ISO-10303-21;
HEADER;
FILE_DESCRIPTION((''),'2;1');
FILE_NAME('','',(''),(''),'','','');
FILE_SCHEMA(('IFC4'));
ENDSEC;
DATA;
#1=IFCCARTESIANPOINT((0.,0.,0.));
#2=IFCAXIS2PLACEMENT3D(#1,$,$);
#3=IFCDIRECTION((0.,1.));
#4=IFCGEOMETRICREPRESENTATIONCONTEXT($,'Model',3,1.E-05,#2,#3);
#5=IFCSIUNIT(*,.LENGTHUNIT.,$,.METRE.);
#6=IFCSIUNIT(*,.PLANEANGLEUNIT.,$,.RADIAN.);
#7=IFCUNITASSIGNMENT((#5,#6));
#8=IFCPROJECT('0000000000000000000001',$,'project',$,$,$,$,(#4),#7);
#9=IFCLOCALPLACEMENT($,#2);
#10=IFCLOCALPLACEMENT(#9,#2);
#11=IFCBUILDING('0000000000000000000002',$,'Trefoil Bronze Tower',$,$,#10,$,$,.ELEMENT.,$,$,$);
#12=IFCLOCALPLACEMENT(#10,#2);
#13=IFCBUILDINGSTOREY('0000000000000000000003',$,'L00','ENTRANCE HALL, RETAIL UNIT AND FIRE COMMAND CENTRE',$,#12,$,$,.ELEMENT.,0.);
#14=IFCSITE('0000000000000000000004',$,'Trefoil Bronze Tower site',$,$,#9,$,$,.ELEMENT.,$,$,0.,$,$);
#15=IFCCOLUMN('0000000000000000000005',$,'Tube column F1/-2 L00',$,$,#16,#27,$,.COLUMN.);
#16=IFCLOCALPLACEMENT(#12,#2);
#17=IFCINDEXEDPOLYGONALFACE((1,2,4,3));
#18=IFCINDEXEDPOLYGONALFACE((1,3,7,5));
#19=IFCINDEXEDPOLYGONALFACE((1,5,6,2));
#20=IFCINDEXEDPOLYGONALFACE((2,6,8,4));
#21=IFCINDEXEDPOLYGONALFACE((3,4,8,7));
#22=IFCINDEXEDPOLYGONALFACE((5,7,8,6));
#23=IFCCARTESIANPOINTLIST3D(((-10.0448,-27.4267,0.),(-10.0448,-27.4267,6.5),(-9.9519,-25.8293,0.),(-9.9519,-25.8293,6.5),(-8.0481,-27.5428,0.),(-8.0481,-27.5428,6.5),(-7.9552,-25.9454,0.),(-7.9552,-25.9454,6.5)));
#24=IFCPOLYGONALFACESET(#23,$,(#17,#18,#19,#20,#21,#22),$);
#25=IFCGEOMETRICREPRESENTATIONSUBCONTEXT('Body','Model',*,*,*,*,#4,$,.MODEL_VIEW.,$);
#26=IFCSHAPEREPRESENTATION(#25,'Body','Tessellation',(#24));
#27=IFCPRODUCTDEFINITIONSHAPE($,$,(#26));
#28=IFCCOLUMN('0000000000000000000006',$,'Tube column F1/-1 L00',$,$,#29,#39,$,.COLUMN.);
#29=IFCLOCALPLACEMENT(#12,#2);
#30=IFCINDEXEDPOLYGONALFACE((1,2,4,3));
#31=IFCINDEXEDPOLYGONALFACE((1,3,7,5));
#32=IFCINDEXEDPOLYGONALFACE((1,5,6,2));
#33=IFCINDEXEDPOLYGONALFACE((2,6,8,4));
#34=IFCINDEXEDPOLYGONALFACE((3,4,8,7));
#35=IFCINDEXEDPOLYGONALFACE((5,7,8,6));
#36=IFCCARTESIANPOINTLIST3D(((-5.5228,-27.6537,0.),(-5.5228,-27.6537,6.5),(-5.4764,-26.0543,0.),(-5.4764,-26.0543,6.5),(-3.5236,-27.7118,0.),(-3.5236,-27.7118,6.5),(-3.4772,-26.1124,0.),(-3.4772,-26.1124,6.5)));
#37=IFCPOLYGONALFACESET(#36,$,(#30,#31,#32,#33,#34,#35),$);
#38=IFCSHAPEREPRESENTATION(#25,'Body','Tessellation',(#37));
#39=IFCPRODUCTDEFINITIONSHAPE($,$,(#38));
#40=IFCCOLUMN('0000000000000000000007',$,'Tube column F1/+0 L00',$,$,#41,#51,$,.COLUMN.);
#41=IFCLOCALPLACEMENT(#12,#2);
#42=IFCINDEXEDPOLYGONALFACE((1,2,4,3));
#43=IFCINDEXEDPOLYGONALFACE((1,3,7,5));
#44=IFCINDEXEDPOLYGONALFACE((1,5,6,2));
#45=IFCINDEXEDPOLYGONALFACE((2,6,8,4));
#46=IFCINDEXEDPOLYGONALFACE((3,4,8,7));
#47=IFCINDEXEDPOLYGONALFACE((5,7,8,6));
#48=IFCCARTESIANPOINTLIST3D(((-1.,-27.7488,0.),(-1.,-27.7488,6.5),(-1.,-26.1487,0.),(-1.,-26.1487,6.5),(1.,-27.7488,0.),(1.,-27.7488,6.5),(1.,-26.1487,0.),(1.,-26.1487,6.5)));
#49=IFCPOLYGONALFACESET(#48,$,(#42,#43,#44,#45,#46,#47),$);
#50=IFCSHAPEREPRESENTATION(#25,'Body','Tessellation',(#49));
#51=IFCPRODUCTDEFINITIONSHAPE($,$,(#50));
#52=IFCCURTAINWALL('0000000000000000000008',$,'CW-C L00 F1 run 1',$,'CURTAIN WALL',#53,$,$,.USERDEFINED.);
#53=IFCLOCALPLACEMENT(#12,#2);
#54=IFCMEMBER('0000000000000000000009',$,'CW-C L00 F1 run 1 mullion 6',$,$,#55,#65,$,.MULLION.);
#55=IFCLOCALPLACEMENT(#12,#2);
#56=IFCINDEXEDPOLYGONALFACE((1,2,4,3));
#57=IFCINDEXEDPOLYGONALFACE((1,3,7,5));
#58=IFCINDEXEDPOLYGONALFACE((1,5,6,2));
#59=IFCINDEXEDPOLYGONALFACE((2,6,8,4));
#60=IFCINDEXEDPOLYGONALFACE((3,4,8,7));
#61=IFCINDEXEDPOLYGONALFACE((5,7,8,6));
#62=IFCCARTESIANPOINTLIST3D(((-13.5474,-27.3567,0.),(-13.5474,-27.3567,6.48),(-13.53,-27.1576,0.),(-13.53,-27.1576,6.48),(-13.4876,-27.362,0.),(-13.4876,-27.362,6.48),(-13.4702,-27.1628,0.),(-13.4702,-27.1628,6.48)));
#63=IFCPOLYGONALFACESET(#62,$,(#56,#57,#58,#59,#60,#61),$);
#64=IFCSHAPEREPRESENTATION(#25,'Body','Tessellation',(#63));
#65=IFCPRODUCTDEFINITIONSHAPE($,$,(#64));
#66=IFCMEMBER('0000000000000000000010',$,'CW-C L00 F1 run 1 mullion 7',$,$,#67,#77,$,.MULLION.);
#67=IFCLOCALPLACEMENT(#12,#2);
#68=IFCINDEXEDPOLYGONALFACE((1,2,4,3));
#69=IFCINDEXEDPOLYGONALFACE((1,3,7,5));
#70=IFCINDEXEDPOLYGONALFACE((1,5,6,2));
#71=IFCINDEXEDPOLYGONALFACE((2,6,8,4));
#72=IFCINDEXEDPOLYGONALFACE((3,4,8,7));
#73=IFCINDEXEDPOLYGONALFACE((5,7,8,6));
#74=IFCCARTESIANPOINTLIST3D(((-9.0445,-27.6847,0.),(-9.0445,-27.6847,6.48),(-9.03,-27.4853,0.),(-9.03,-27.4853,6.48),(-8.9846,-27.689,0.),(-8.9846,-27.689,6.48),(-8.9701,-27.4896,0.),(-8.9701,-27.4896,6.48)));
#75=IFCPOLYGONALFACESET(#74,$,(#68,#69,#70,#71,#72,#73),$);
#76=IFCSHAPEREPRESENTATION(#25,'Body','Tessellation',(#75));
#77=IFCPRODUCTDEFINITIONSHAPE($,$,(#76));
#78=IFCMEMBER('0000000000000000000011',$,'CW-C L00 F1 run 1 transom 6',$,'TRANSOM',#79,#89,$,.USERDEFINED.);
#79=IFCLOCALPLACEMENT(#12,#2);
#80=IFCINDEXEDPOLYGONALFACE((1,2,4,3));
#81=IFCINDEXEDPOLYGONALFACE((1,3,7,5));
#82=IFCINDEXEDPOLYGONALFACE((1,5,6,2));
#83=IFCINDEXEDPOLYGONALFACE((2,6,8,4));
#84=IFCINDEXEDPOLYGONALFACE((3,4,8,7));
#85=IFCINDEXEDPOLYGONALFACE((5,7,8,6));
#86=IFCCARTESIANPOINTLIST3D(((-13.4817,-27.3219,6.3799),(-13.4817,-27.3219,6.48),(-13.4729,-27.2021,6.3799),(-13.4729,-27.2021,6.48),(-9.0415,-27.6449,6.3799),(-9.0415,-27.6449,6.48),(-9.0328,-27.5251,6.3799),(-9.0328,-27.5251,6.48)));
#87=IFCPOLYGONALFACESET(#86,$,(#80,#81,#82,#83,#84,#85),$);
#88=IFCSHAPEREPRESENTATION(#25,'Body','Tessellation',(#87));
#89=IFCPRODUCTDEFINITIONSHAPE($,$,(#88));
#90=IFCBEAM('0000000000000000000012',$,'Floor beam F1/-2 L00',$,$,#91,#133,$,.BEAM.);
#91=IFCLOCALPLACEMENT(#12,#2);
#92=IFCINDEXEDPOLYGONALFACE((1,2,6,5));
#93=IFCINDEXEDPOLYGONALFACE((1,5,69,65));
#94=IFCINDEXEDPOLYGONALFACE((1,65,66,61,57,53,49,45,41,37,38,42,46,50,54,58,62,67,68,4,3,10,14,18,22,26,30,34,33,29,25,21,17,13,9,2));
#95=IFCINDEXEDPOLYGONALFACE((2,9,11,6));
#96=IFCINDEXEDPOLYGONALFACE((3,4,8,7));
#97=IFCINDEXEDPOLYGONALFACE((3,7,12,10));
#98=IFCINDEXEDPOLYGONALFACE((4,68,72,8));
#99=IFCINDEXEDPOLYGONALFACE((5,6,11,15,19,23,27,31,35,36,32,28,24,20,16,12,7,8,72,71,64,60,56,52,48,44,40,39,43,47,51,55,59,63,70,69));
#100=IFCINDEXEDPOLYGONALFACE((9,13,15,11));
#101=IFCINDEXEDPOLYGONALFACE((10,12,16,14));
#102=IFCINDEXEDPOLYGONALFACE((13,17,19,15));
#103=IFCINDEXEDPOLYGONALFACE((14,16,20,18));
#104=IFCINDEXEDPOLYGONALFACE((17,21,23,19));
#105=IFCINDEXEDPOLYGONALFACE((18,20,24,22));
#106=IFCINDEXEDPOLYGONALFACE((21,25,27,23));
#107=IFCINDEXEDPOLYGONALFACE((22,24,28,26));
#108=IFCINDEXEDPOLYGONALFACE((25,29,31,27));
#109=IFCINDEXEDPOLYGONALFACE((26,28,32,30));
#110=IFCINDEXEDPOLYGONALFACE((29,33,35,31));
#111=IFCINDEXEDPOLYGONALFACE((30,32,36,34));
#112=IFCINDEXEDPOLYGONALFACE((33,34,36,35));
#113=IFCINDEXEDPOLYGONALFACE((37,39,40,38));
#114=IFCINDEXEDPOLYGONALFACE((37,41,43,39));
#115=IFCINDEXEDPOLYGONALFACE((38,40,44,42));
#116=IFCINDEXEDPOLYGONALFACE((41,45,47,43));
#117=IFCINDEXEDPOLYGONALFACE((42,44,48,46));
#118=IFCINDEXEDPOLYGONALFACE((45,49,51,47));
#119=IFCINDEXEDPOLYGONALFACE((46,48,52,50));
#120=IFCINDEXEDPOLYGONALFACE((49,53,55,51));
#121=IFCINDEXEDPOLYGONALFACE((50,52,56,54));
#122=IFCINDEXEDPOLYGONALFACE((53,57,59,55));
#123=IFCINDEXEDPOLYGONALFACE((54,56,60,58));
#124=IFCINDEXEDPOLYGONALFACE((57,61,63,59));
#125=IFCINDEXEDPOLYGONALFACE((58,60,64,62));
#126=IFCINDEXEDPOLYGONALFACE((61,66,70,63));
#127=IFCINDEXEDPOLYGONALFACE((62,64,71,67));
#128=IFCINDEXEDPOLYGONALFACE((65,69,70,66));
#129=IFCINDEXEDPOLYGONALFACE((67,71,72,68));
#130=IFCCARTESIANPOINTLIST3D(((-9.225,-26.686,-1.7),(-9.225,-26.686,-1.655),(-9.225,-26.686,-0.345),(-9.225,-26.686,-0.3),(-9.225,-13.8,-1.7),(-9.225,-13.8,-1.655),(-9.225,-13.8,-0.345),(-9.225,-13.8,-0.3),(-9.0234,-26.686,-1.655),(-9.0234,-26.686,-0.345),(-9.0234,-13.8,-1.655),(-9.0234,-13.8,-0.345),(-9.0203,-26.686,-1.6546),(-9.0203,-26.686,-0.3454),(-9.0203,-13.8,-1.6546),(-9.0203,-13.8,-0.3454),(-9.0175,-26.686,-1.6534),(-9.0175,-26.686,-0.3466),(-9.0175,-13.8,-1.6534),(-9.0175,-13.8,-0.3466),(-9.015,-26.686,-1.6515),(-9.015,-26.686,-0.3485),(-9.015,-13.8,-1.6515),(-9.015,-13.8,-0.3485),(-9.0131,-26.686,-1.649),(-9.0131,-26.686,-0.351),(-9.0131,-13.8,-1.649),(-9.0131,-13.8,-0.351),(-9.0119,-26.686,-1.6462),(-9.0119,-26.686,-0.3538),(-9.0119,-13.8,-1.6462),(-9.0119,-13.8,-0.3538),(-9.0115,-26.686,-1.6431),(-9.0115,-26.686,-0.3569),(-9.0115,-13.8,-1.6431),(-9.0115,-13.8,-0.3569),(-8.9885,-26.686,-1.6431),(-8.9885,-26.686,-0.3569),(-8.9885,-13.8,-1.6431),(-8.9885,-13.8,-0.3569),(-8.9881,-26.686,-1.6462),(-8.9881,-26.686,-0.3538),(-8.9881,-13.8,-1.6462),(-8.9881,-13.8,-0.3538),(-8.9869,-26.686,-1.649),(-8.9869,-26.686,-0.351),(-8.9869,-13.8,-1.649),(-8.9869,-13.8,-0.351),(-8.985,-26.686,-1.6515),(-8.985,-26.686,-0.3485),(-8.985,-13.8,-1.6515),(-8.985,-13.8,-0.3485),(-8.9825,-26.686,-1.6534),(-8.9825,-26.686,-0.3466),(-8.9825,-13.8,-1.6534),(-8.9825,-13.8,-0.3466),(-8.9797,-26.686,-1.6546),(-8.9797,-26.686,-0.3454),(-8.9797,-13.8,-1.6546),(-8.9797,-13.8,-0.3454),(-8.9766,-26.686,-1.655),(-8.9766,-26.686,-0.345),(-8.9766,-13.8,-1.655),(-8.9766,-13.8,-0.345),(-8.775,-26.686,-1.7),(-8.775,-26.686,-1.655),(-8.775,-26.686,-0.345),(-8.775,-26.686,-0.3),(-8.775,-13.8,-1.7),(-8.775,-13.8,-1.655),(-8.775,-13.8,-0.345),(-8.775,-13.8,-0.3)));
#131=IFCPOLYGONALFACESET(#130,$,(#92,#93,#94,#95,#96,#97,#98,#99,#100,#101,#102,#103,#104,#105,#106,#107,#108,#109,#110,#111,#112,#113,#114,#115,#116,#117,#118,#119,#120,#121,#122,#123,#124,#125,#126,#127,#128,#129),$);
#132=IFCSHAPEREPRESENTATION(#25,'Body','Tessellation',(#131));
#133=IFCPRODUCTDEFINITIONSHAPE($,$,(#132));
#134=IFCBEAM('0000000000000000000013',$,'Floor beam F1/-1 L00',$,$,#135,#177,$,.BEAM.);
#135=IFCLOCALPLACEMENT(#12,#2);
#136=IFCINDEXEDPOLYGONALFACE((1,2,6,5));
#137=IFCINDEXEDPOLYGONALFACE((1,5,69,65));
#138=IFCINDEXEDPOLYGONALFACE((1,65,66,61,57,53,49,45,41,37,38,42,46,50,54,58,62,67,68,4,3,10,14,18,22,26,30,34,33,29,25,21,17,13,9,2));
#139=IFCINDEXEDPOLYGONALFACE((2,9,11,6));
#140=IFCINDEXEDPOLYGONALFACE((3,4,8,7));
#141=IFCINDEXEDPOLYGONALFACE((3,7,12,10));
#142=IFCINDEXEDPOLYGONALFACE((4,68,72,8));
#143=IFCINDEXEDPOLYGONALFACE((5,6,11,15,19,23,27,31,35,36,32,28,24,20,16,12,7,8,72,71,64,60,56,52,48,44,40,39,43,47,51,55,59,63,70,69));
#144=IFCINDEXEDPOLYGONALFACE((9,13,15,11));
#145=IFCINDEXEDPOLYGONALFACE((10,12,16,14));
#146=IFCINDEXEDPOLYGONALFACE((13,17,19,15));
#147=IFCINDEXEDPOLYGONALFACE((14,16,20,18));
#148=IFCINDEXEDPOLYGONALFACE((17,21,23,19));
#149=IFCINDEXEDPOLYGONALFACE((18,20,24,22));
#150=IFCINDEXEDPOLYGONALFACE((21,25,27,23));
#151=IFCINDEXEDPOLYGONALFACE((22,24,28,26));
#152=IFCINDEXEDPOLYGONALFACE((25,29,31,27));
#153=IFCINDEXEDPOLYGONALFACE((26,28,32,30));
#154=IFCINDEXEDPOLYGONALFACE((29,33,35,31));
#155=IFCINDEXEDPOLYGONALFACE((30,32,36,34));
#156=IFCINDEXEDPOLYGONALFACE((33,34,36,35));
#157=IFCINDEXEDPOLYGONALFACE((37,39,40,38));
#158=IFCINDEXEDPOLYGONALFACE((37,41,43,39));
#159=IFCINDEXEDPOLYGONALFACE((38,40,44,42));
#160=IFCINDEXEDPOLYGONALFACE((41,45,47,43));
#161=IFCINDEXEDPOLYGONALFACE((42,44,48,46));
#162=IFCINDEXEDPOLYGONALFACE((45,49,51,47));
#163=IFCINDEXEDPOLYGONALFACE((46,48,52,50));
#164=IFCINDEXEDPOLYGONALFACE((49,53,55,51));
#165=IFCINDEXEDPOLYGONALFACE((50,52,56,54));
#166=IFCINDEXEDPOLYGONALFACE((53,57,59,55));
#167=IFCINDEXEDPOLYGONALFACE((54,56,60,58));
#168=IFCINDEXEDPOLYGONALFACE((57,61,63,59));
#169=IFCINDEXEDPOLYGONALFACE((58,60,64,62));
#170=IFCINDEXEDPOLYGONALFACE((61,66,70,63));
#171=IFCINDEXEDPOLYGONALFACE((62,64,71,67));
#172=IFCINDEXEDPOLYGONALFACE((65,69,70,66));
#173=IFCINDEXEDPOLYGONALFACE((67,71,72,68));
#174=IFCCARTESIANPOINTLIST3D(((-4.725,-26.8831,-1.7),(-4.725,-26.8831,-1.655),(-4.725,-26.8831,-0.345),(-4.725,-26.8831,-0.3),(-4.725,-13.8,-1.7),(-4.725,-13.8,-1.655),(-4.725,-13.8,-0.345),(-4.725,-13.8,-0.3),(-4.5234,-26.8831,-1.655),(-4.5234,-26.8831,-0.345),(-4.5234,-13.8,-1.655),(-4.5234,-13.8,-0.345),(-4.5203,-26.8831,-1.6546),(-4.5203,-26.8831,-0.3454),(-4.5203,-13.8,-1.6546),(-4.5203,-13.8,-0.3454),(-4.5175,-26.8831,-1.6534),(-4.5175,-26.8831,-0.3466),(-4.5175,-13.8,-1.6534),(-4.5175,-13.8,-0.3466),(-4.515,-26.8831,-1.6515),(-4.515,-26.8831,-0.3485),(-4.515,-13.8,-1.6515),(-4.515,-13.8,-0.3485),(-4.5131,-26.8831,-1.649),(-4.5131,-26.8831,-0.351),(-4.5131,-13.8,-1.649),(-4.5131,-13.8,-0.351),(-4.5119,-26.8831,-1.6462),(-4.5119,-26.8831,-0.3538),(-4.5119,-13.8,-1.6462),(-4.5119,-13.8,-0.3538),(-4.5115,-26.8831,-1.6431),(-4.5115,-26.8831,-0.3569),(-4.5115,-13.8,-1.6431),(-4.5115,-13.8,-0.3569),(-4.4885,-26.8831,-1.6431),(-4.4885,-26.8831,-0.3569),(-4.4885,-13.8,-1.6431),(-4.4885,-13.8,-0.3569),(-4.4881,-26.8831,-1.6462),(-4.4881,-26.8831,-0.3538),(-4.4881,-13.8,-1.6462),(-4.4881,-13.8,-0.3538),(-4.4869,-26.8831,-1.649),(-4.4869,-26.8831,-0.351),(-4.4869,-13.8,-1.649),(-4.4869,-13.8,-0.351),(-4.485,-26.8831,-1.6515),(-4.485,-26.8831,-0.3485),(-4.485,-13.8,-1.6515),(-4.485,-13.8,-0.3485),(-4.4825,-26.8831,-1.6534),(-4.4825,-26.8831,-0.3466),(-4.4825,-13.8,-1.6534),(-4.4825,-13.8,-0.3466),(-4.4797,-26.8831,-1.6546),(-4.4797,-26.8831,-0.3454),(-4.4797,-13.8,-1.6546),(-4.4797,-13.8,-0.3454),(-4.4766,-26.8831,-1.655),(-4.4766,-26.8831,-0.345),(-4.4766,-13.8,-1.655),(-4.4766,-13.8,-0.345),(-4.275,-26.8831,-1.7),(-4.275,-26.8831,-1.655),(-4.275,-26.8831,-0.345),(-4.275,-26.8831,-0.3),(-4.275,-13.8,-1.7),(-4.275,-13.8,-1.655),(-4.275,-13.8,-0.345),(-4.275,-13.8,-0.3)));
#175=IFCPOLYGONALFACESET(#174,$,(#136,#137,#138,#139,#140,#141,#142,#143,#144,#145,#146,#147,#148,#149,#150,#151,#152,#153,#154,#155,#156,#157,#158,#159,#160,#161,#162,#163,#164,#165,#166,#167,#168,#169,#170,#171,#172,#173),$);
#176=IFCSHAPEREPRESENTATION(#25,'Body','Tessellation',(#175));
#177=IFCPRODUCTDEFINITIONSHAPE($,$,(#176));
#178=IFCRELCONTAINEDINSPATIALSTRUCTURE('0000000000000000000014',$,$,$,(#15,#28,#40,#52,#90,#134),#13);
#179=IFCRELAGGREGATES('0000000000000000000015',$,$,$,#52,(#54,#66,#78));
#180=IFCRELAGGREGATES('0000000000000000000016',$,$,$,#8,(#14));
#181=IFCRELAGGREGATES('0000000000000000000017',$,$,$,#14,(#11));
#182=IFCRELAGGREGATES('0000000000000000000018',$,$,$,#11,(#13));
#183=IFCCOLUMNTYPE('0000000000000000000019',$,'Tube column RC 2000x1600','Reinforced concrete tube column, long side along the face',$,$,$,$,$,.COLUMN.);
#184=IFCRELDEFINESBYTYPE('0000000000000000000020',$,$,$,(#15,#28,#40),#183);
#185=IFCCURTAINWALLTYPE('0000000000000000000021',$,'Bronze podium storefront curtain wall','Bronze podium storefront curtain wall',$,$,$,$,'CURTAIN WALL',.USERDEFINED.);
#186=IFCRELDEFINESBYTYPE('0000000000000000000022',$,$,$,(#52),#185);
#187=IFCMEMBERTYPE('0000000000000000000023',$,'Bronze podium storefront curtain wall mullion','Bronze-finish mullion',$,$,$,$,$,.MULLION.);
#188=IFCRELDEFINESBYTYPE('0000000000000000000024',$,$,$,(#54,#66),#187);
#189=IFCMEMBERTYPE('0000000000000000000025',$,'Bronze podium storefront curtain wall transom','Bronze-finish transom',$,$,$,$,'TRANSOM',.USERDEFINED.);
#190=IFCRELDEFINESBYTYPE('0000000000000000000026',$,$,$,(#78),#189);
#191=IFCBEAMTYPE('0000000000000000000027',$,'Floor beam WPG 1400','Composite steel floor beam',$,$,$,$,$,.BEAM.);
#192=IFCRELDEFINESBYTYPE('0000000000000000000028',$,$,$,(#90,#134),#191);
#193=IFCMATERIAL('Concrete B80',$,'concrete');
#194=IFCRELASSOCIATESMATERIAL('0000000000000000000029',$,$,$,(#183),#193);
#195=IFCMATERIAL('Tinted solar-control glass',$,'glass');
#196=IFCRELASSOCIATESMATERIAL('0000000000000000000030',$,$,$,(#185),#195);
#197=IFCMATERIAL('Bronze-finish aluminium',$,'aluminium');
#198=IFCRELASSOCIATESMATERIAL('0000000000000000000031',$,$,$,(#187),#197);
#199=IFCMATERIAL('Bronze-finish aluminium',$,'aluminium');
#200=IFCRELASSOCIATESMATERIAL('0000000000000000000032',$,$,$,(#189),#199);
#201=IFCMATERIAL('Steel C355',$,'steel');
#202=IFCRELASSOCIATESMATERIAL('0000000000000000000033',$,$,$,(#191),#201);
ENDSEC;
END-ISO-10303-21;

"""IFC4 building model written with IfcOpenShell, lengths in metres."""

from ifc_helpers import new_model, si_unit, direction, frame, origin, origin_2d, place, context, subcontext, project, spatial, rectangle, i_section, extrude, material, material_profile, profile_set, type_object, element, aggregate, save


model = new_model("IFC4")

# Units and contexts
model_context = context("Model", 3, precision=1e-05, world=origin(), true_north=direction((0.0, 1.0)))
body_context = subcontext(model_context, "Body", "Model", "MODEL_VIEW")
ifc_project = project(units=[si_unit("LENGTHUNIT", "METRE"), si_unit("PLANEANGLEUNIT", "RADIAN")], contexts=[model_context])

# Site, building, storey
site_placement = place(None, origin())
site = spatial("IfcSite", under=ifc_project, at=site_placement, Name="Trefoil Bronze Tower site", CompositionType="ELEMENT", RefElevation=0.0)
building_placement = place(site_placement, origin())
building = spatial("IfcBuilding", under=site, at=building_placement, Name="Trefoil Bronze Tower", CompositionType="ELEMENT")
storey_placement = place(building_placement, origin())
storey = spatial("IfcBuildingStorey", under=building, at=storey_placement, Name="L00", Description="ENTRANCE HALL, RETAIL UNIT AND FIRE COMMAND CENTRE", CompositionType="ELEMENT", Elevation=0.0)

# Columns
ifc_material_1 = material(Name="Concrete B80", Category="concrete")
ifc_material_profile_1 = material_profile(ifc_material_1, rectangle(XDim=2.0, YDim=1.6001, at=origin_2d()), Name="RC 2000x1600")
ifc_profile_set_1 = profile_set([ifc_material_profile_1], Name="Concrete B80")
column_type = type_object("IfcColumnType", Name="Tube column RC 2000x1600", Description="Reinforced concrete tube column, long side along the face", PredefinedType="COLUMN", material=ifc_profile_set_1)
for number, where, z_axis, x_axis, name in (
    (1, (-9.0, -26.686, 0.0), (0.0, 0.0, 1.0), (0.998314, -0.058043, 0.0), "Tube column F1/-2 L00"),
    (2, (-4.5, -26.8831, 0.0), (0.0, 0.0, 1.0), (0.999579, -0.029022, 0.0), "Tube column F1/-1 L00"),
    (3, (0.0, -26.9487, 0.0), (0.0, 0.0, 1.0), (1.0, 0.0, 0.0), "Tube column F1/+0 L00"),
):
    element("IfcColumn", number, at=place(storey_placement, frame(where, z_axis=z_axis, x_axis=x_axis)), inside=storey, type_object=column_type, Name=name, PredefinedType="COLUMN", context=body_context, shape_type="SweptSolid", body=[
        extrude(rectangle(XDim=2.0, YDim=1.6001, at=origin_2d()), origin(), (0.0, 0.0, 1.0), 6.5),
    ])

# Curtain wall, members
ifc_material_2 = material(Name="Tinted solar-control glass", Category="glass")
curtain_wall_type = type_object("IfcCurtainWallType", Name="Bronze podium storefront curtain wall", Description="Bronze podium storefront curtain wall", ElementType="CURTAIN WALL", PredefinedType="USERDEFINED", material=ifc_material_2)
curtain_wall_placement = place(storey_placement, origin())
curtain_wall = element("IfcCurtainWall", 4, at=curtain_wall_placement, inside=storey, type_object=curtain_wall_type, Name="CW-C L00 F1 run 1", ObjectType="CURTAIN WALL", PredefinedType="USERDEFINED")
ifc_material_3 = material(Name="Bronze-finish aluminium", Category="aluminium")
ifc_material_profile_2 = material_profile(ifc_material_3, rectangle(XDim=0.2, YDim=0.0601, at=origin_2d()), Name="CW-C mullion")
ifc_profile_set_2 = profile_set([ifc_material_profile_2], Name="Bronze-finish aluminium")
member_type_1 = type_object("IfcMemberType", Name="Bronze podium storefront curtain wall mullion", Description="Bronze-finish mullion", PredefinedType="MULLION", material=ifc_profile_set_2)
member_1_placement = place(storey_placement, frame((-13.5088, -27.2598, 0.0), z_axis=(0.0, 0.0, 1.0), x_axis=(0.087065, 0.996203, 0.0)))
member_1 = element("IfcMember", 5, at=member_1_placement, type_object=member_type_1, Name="CW-C L00 F1 run 1 mullion 6", PredefinedType="MULLION", context=body_context, shape_type="SweptSolid", body=[
    extrude(rectangle(XDim=0.2, YDim=0.0601, at=origin_2d()), origin(), (0.0, 0.0, 1.0), 6.48),
])
member_2_placement = place(storey_placement, frame((-9.0073, -27.5872, 0.0), z_axis=(0.0, 0.0, 1.0), x_axis=(0.072547, 0.997365, 0.0)))
member_2 = element("IfcMember", 6, at=member_2_placement, type_object=member_type_1, Name="CW-C L00 F1 run 1 mullion 7", PredefinedType="MULLION", context=body_context, shape_type="SweptSolid", body=[
    extrude(rectangle(XDim=0.2, YDim=0.0601, at=origin_2d()), origin(), (0.0, 0.0, 1.0), 6.48),
])
ifc_material_4 = material(Name="Bronze-finish aluminium", Category="aluminium")
ifc_material_profile_3 = material_profile(ifc_material_4, rectangle(XDim=0.1201, YDim=0.1001, at=origin_2d()), Name="CW-C transom")
ifc_profile_set_3 = profile_set([ifc_material_profile_3], Name="Bronze-finish aluminium")
member_type_2 = type_object("IfcMemberType", Name="Bronze podium storefront curtain wall transom", Description="Bronze-finish transom", ElementType="TRANSOM", PredefinedType="USERDEFINED", material=ifc_profile_set_3)
member_3_placement = place(storey_placement, frame((-13.4773, -27.262, 6.4299), z_axis=(0.997365, -0.072553, 0.0), x_axis=(0.072553, 0.997365, 0.0)))
member_3 = element("IfcMember", 7, at=member_3_placement, type_object=member_type_2, Name="CW-C L00 F1 run 1 transom 6", ObjectType="TRANSOM", PredefinedType="USERDEFINED", context=body_context, shape_type="SweptSolid", body=[
    extrude(rectangle(XDim=0.1201, YDim=0.1001, at=origin_2d()), origin(), (0.0, 0.0, 1.0), 4.4519),
])

# Beams
ifc_material_5 = material(Name="Steel C355", Category="steel")
ifc_material_profile_4 = material_profile(ifc_material_5, i_section(OverallWidth=0.45, OverallDepth=1.3999, WebThickness=0.0229, FlangeThickness=0.0449, FilletRadius=0.012, at=origin_2d()), Name="WPG 1400")
ifc_profile_set_4 = profile_set([ifc_material_profile_4], Name="Steel C355")
beam_type_1 = type_object("IfcBeamType", Name="Floor beam WPG 1400", Description="Composite steel floor beam", PredefinedType="BEAM", material=ifc_profile_set_4)
beam_1_placement = place(storey_placement, frame((-9.0, -26.686, -1.0), z_axis=(0.0, 1.0, 0.0), x_axis=(-1.0, 0.0, 0.0)))
element("IfcBeam", 8, at=beam_1_placement, inside=storey, type_object=beam_type_1, Name="Floor beam F1/-2 L00", PredefinedType="BEAM", context=body_context, shape_type="SweptSolid", body=[
    extrude(i_section(OverallWidth=0.45, OverallDepth=1.3999, WebThickness=0.0229, FlangeThickness=0.0449, FilletRadius=0.012, at=origin_2d()), origin(), (0.0, 0.0, 1.0), 12.886),
])
beam_2_placement = place(storey_placement, frame((-4.5, -26.8831, -1.0), z_axis=(0.0, 1.0, 0.0), x_axis=(-1.0, 0.0, 0.0)))
element("IfcBeam", 9, at=beam_2_placement, inside=storey, type_object=beam_type_1, Name="Floor beam F1/-1 L00", PredefinedType="BEAM", context=body_context, shape_type="SweptSolid", body=[
    extrude(i_section(OverallWidth=0.45, OverallDepth=1.3999, WebThickness=0.0229, FlangeThickness=0.0449, FilletRadius=0.012, at=origin_2d()), origin(), (0.0, 0.0, 1.0), 13.083),
])

aggregate(curtain_wall, [member_1, member_2, member_3])

save(model, "model.ifc")
